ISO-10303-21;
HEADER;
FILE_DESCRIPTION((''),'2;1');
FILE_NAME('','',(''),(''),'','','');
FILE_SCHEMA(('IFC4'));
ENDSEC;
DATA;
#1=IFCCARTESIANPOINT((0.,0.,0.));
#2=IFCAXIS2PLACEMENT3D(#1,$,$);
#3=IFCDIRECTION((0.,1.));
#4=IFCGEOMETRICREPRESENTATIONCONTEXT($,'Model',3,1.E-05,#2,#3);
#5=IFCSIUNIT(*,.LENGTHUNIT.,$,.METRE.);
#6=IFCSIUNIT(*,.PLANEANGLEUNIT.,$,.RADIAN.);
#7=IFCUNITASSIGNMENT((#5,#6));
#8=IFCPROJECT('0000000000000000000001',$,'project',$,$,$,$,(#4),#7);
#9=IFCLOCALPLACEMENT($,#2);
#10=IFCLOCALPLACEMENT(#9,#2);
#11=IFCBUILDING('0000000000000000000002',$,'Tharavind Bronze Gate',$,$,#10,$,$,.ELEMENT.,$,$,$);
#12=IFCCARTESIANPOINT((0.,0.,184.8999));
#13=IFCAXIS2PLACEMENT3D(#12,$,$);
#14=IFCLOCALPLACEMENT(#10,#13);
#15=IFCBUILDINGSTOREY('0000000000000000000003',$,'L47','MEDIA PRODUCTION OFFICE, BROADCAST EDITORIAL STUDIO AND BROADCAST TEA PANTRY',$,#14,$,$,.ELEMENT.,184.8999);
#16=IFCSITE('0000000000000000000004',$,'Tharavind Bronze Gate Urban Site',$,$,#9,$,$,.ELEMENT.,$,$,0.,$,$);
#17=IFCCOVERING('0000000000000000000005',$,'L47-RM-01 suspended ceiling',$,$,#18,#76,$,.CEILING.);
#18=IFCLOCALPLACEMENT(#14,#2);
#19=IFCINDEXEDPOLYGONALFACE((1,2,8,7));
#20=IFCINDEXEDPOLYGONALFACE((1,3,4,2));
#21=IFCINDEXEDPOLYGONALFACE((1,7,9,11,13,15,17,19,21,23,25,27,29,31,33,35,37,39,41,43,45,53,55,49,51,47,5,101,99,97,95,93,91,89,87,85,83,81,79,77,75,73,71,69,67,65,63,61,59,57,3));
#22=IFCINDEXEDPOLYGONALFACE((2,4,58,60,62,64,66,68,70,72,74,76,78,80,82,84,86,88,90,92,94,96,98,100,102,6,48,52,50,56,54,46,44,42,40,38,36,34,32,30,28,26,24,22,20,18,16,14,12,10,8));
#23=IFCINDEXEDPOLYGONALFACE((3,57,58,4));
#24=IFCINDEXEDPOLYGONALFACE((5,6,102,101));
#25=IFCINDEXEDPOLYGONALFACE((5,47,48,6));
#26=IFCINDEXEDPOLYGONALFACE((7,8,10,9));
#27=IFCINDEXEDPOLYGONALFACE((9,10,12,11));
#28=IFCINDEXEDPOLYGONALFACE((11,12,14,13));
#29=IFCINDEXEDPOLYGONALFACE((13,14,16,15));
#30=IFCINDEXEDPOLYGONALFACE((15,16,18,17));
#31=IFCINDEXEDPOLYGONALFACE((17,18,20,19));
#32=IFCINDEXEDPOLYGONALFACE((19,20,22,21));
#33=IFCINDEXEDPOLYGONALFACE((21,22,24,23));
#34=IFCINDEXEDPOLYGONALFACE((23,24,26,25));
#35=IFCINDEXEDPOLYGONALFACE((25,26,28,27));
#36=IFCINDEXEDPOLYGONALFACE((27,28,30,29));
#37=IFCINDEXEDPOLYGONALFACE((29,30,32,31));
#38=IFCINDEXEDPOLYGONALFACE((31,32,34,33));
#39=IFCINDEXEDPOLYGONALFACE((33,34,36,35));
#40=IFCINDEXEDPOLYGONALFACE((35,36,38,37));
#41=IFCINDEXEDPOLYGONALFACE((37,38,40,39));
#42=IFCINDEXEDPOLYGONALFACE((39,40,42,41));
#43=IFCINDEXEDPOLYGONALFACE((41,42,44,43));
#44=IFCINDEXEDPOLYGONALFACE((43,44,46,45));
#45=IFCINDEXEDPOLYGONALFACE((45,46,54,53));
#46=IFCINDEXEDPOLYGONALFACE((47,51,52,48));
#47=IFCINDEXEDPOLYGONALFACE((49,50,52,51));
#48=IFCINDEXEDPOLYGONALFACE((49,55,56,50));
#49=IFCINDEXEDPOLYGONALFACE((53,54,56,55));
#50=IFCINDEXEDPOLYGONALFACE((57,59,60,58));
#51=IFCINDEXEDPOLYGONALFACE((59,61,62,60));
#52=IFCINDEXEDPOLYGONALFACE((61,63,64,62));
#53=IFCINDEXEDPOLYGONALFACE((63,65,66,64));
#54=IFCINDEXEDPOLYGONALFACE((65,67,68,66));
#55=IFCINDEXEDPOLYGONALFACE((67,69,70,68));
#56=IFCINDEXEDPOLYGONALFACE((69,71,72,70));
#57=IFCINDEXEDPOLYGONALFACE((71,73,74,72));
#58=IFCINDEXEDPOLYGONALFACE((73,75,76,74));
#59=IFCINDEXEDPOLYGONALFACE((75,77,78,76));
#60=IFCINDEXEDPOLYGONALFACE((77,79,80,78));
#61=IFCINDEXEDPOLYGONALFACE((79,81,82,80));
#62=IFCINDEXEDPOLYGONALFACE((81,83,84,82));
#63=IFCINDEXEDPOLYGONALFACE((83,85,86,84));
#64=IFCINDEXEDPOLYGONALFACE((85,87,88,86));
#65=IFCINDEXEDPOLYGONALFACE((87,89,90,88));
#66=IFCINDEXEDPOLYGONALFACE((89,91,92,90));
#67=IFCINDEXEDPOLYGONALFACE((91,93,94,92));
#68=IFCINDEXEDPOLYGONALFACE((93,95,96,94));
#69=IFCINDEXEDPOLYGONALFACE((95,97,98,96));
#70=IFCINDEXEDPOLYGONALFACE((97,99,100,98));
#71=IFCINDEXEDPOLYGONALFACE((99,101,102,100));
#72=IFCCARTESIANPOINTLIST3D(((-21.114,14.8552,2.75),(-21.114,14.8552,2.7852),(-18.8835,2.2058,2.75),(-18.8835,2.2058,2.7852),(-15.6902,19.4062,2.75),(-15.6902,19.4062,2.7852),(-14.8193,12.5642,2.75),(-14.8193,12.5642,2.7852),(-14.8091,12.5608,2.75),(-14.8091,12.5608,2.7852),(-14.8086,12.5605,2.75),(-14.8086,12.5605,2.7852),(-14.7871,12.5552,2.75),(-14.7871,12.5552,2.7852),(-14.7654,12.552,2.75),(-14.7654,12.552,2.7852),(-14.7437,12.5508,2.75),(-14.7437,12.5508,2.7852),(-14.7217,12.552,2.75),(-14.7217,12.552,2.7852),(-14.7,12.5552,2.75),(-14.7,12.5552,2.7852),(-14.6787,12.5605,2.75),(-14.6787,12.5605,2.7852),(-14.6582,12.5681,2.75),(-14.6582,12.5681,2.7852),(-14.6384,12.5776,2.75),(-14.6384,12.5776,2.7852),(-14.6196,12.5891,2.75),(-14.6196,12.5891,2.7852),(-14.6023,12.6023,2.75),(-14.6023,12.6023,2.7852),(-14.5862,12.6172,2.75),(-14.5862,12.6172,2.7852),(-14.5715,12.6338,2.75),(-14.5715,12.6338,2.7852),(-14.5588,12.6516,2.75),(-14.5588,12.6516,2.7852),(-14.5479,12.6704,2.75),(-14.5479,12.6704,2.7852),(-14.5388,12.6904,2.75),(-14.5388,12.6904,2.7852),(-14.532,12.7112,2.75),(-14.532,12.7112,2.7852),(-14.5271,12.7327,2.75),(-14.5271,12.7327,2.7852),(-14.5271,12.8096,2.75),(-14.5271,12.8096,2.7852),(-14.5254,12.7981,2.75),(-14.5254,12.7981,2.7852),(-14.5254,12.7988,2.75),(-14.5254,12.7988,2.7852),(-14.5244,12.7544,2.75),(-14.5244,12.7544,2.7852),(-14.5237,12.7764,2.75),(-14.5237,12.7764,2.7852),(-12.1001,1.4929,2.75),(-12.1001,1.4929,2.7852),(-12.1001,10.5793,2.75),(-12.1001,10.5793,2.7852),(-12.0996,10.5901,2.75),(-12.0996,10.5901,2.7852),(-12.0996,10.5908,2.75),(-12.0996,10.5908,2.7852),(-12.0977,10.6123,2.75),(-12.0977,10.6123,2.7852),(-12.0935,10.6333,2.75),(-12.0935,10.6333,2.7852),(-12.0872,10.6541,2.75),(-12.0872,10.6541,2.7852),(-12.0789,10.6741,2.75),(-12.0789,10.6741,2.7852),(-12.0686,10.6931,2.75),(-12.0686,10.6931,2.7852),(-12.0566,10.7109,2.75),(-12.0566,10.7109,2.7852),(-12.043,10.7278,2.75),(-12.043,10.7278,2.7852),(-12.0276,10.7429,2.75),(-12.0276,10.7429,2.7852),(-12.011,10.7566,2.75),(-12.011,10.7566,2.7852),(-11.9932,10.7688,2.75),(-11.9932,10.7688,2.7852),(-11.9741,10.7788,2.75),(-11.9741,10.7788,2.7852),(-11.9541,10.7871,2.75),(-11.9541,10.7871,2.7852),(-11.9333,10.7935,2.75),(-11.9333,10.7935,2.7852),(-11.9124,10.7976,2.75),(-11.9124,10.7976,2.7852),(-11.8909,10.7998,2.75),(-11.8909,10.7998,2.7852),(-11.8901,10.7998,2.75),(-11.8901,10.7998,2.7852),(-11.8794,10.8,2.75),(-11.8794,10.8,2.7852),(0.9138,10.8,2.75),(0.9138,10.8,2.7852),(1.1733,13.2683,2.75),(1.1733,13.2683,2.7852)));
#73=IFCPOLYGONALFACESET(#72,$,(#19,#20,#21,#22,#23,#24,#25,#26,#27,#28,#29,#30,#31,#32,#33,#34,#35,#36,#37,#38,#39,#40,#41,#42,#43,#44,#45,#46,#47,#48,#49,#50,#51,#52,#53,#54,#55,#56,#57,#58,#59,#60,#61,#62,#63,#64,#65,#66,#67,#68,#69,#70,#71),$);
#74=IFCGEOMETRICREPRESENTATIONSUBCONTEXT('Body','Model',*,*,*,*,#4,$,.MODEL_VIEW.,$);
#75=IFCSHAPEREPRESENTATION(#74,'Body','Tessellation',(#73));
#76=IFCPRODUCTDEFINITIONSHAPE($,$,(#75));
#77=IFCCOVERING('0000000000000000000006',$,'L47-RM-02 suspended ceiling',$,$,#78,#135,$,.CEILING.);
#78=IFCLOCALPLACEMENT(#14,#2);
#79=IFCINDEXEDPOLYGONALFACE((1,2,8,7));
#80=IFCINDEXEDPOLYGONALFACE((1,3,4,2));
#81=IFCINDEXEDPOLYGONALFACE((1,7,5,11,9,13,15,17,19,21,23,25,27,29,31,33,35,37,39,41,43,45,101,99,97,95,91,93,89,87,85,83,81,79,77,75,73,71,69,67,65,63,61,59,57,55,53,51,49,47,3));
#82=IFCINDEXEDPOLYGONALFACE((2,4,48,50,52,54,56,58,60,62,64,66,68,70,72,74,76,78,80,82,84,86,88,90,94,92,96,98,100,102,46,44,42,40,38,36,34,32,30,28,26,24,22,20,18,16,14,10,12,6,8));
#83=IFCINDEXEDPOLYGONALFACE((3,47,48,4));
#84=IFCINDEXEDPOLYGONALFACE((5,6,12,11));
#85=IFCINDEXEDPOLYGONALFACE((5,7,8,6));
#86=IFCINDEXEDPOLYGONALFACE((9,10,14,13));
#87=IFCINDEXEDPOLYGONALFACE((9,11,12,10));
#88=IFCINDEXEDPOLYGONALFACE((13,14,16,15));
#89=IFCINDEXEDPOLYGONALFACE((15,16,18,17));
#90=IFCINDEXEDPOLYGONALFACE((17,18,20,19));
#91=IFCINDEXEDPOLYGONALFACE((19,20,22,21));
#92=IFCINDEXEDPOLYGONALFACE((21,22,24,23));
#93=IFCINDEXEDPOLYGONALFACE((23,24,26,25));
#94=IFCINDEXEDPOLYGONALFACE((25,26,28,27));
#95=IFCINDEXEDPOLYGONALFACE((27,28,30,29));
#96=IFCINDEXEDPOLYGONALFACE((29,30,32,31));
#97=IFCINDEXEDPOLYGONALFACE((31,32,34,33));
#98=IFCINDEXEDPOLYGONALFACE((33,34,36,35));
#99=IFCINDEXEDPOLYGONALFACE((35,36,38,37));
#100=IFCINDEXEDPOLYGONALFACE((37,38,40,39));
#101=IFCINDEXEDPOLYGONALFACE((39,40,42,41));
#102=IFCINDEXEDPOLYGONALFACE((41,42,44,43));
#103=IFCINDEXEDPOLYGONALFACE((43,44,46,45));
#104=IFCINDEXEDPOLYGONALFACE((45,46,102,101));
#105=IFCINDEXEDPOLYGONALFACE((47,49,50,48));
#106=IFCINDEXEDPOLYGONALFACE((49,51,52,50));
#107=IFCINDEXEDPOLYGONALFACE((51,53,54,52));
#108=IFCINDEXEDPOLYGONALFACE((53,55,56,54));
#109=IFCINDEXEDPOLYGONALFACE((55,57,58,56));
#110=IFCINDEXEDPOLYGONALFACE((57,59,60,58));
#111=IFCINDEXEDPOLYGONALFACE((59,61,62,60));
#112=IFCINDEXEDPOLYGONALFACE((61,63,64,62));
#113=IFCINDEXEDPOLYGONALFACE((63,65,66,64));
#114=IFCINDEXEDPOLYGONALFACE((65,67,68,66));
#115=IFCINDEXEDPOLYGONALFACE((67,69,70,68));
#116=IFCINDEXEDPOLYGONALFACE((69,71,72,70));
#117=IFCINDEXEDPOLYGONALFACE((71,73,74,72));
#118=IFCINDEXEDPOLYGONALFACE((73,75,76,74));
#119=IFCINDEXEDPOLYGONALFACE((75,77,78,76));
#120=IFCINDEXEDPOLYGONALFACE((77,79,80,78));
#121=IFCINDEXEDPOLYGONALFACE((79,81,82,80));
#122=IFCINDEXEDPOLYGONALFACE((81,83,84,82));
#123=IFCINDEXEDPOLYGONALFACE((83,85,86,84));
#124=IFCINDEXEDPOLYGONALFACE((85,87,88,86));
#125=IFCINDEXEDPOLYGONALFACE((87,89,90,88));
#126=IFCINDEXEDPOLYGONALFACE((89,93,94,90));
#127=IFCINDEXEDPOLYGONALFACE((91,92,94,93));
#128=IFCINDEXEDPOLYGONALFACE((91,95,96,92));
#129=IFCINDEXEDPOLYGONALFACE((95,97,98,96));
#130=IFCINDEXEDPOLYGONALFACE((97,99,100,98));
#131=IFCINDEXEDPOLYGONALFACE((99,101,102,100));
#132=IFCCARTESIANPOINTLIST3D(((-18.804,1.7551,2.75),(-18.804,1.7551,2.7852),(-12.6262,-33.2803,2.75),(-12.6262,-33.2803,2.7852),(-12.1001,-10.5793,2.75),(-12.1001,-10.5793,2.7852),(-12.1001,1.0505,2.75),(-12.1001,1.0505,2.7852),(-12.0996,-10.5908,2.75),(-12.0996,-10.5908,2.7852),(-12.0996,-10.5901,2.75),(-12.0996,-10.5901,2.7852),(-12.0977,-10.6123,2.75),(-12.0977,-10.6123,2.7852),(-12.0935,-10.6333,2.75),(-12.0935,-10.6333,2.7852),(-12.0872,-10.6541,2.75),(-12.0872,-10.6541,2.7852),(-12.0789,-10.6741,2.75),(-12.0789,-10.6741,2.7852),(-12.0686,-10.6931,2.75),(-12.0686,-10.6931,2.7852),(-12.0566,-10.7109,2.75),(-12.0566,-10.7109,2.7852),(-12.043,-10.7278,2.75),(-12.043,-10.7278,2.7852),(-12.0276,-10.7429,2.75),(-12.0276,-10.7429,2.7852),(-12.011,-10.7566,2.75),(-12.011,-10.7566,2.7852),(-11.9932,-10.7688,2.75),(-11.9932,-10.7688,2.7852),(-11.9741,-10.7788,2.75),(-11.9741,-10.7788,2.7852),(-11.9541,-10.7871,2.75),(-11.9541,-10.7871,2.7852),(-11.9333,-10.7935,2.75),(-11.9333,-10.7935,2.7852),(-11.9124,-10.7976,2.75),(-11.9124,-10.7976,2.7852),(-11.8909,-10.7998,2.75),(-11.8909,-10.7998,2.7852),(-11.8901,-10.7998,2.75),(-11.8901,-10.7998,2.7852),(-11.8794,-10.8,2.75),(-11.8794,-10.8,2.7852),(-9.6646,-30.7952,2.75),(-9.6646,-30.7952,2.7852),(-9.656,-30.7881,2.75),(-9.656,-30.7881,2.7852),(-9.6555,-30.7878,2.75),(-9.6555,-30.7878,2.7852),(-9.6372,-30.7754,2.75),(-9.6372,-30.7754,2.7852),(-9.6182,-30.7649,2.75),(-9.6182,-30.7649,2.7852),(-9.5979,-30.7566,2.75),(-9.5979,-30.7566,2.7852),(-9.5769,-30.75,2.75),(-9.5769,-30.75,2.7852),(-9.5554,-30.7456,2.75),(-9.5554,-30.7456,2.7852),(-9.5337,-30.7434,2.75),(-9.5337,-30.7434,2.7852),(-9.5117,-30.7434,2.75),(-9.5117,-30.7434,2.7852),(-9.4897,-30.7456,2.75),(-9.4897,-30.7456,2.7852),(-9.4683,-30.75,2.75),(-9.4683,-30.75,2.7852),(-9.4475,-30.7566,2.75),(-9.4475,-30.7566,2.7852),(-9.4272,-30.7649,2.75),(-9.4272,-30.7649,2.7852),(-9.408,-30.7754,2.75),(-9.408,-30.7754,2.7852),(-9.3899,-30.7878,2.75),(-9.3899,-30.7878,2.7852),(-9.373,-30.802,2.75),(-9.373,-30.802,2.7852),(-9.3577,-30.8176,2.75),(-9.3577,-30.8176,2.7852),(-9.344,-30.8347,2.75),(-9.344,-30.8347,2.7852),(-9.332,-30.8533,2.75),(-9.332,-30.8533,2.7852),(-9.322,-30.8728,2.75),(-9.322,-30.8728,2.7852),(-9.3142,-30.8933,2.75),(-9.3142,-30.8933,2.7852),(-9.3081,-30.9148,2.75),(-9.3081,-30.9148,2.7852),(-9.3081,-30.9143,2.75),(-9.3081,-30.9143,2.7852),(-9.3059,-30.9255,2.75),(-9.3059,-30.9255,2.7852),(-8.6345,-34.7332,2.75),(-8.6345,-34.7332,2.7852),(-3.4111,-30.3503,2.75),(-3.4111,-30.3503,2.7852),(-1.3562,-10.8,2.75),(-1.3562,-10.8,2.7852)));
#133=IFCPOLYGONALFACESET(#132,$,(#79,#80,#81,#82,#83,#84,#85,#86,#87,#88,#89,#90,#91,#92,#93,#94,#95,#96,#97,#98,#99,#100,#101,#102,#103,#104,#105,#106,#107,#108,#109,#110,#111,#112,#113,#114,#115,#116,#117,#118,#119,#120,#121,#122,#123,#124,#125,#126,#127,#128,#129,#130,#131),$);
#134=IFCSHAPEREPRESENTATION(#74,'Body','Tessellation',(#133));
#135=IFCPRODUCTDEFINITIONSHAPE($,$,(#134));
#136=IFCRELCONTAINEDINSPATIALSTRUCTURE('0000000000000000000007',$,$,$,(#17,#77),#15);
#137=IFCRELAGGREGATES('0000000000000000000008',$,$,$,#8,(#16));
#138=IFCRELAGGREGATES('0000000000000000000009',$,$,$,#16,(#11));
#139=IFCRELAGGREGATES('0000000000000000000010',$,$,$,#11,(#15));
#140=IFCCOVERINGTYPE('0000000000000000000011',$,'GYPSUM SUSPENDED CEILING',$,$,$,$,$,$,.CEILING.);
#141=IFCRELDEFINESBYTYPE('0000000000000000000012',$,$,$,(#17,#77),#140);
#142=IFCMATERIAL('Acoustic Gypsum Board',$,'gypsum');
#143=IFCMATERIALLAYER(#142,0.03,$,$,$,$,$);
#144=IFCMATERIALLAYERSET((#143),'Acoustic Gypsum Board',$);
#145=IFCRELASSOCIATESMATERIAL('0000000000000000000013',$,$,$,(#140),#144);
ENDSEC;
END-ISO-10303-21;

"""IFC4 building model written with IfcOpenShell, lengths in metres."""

from ifc_helpers import new_model, si_unit, direction, frame, origin, place, context, subcontext, project, spatial, polyline, outline, extrude, material, layer, layer_set, type_object, element, save


model = new_model("IFC4")

# Units and contexts
model_context = context("Model", 3, precision=1e-05, world=origin(), true_north=direction((0.0, 1.0)))
body_context = subcontext(model_context, "Body", "Model", "MODEL_VIEW")
ifc_project = project(units=[si_unit("LENGTHUNIT", "METRE"), si_unit("PLANEANGLEUNIT", "RADIAN")], contexts=[model_context])

# Site, building, storey
site_placement = place(None, origin())
site = spatial("IfcSite", under=ifc_project, at=site_placement, Name="Tharavind Bronze Gate Urban Site", CompositionType="ELEMENT", RefElevation=0.0)
building_placement = place(site_placement, origin())
building = spatial("IfcBuilding", under=site, at=building_placement, Name="Tharavind Bronze Gate", CompositionType="ELEMENT")
storey_placement = place(building_placement, frame((0.0, 0.0, 184.8999)))
storey = spatial("IfcBuildingStorey", under=building, at=storey_placement, Name="L47", Description="MEDIA PRODUCTION OFFICE, BROADCAST EDITORIAL STUDIO AND BROADCAST TEA PANTRY", CompositionType="ELEMENT", Elevation=184.8999)

# Coverings
ifc_material_1 = material(Name="Acoustic Gypsum Board", Category="gypsum")
ifc_layer_1 = layer(ifc_material_1, 0.03)
ifc_layer_set_1 = layer_set([ifc_layer_1], Name="Acoustic Gypsum Board")
covering_type_1 = type_object("IfcCoveringType", Name="GYPSUM SUSPENDED CEILING", PredefinedType="CEILING", material=ifc_layer_set_1)
covering_1_placement = place(storey_placement, frame((0.0, 0.0, 2.75)))
element("IfcCovering", 1, at=covering_1_placement, inside=storey, type_object=covering_type_1, Name="L47-RM-01 suspended ceiling", PredefinedType="CEILING", context=body_context, shape_type="SweptSolid", body=[
    extrude(outline(polyline([(-18.8835, 2.2058), (-12.1001, 1.4929), (-12.1001, 10.5793), (-12.0996, 10.5901), (-12.0996, 10.5908), (-12.0977, 10.6123), (-12.0935, 10.6333), (-12.0872, 10.6541), (-12.0789, 10.6741), (-12.0686, 10.6931), (-12.0566, 10.7109), (-12.043, 10.7278), (-12.0276, 10.7429), (-12.011, 10.7566), (-11.9932, 10.7688), (-11.9741, 10.7788), (-11.9541, 10.7871), (-11.9333, 10.7935), (-11.9124, 10.7976), (-11.8909, 10.7998), (-11.8901, 10.7998), (-11.8794, 10.8), (0.9138, 10.8), (1.1733, 13.2683), (-15.6902, 19.4062), (-14.5271, 12.8096), (-14.5254, 12.7988), (-14.5254, 12.7981), (-14.5237, 12.7764), (-14.5244, 12.7544), (-14.5271, 12.7327), (-14.532, 12.7112), (-14.5388, 12.6904), (-14.5479, 12.6704), (-14.5588, 12.6516), (-14.5715, 12.6338), (-14.5862, 12.6172), (-14.6023, 12.6023), (-14.6196, 12.5891), (-14.6384, 12.5776), (-14.6582, 12.5681), (-14.6787, 12.5605), (-14.7, 12.5552), (-14.7217, 12.552), (-14.7437, 12.5508), (-14.7654, 12.552), (-14.7871, 12.5552), (-14.8086, 12.5605), (-14.8091, 12.5608), (-14.8193, 12.5642), (-21.114, 14.8552), (-18.8835, 2.2058)])), origin(), (0.0, 0.0, 1.0), 0.0352),
])
covering_2_placement = place(storey_placement, frame((0.0, 0.0, 2.75)))
element("IfcCovering", 2, at=covering_2_placement, inside=storey, type_object=covering_type_1, Name="L47-RM-02 suspended ceiling", PredefinedType="CEILING", context=body_context, shape_type="SweptSolid", body=[
    extrude(outline(polyline([(-12.6262, -33.2803), (-9.6646, -30.7952), (-9.656, -30.7881), (-9.6555, -30.7878), (-9.6372, -30.7754), (-9.6182, -30.7649), (-9.5979, -30.7566), (-9.5769, -30.75), (-9.5554, -30.7456), (-9.5337, -30.7434), (-9.5117, -30.7434), (-9.4897, -30.7456), (-9.4683, -30.75), (-9.4475, -30.7566), (-9.4272, -30.7649), (-9.408, -30.7754), (-9.3899, -30.7878), (-9.373, -30.802), (-9.3577, -30.8176), (-9.344, -30.8347), (-9.332, -30.8533), (-9.322, -30.8728), (-9.3142, -30.8933), (-9.3081, -30.9143), (-9.3081, -30.9148), (-9.3059, -30.9255), (-8.6345, -34.7332), (-3.4111, -30.3503), (-1.3562, -10.8), (-11.8794, -10.8), (-11.8901, -10.7998), (-11.8909, -10.7998), (-11.9124, -10.7976), (-11.9333, -10.7935), (-11.9541, -10.7871), (-11.9741, -10.7788), (-11.9932, -10.7688), (-12.011, -10.7566), (-12.0276, -10.7429), (-12.043, -10.7278), (-12.0566, -10.7109), (-12.0686, -10.6931), (-12.0789, -10.6741), (-12.0872, -10.6541), (-12.0935, -10.6333), (-12.0977, -10.6123), (-12.0996, -10.5908), (-12.0996, -10.5901), (-12.1001, -10.5793), (-12.1001, 1.0505), (-18.804, 1.7551), (-12.6262, -33.2803)])), origin(), (0.0, 0.0, 1.0), 0.0352),
])

save(model, "model.ifc")
